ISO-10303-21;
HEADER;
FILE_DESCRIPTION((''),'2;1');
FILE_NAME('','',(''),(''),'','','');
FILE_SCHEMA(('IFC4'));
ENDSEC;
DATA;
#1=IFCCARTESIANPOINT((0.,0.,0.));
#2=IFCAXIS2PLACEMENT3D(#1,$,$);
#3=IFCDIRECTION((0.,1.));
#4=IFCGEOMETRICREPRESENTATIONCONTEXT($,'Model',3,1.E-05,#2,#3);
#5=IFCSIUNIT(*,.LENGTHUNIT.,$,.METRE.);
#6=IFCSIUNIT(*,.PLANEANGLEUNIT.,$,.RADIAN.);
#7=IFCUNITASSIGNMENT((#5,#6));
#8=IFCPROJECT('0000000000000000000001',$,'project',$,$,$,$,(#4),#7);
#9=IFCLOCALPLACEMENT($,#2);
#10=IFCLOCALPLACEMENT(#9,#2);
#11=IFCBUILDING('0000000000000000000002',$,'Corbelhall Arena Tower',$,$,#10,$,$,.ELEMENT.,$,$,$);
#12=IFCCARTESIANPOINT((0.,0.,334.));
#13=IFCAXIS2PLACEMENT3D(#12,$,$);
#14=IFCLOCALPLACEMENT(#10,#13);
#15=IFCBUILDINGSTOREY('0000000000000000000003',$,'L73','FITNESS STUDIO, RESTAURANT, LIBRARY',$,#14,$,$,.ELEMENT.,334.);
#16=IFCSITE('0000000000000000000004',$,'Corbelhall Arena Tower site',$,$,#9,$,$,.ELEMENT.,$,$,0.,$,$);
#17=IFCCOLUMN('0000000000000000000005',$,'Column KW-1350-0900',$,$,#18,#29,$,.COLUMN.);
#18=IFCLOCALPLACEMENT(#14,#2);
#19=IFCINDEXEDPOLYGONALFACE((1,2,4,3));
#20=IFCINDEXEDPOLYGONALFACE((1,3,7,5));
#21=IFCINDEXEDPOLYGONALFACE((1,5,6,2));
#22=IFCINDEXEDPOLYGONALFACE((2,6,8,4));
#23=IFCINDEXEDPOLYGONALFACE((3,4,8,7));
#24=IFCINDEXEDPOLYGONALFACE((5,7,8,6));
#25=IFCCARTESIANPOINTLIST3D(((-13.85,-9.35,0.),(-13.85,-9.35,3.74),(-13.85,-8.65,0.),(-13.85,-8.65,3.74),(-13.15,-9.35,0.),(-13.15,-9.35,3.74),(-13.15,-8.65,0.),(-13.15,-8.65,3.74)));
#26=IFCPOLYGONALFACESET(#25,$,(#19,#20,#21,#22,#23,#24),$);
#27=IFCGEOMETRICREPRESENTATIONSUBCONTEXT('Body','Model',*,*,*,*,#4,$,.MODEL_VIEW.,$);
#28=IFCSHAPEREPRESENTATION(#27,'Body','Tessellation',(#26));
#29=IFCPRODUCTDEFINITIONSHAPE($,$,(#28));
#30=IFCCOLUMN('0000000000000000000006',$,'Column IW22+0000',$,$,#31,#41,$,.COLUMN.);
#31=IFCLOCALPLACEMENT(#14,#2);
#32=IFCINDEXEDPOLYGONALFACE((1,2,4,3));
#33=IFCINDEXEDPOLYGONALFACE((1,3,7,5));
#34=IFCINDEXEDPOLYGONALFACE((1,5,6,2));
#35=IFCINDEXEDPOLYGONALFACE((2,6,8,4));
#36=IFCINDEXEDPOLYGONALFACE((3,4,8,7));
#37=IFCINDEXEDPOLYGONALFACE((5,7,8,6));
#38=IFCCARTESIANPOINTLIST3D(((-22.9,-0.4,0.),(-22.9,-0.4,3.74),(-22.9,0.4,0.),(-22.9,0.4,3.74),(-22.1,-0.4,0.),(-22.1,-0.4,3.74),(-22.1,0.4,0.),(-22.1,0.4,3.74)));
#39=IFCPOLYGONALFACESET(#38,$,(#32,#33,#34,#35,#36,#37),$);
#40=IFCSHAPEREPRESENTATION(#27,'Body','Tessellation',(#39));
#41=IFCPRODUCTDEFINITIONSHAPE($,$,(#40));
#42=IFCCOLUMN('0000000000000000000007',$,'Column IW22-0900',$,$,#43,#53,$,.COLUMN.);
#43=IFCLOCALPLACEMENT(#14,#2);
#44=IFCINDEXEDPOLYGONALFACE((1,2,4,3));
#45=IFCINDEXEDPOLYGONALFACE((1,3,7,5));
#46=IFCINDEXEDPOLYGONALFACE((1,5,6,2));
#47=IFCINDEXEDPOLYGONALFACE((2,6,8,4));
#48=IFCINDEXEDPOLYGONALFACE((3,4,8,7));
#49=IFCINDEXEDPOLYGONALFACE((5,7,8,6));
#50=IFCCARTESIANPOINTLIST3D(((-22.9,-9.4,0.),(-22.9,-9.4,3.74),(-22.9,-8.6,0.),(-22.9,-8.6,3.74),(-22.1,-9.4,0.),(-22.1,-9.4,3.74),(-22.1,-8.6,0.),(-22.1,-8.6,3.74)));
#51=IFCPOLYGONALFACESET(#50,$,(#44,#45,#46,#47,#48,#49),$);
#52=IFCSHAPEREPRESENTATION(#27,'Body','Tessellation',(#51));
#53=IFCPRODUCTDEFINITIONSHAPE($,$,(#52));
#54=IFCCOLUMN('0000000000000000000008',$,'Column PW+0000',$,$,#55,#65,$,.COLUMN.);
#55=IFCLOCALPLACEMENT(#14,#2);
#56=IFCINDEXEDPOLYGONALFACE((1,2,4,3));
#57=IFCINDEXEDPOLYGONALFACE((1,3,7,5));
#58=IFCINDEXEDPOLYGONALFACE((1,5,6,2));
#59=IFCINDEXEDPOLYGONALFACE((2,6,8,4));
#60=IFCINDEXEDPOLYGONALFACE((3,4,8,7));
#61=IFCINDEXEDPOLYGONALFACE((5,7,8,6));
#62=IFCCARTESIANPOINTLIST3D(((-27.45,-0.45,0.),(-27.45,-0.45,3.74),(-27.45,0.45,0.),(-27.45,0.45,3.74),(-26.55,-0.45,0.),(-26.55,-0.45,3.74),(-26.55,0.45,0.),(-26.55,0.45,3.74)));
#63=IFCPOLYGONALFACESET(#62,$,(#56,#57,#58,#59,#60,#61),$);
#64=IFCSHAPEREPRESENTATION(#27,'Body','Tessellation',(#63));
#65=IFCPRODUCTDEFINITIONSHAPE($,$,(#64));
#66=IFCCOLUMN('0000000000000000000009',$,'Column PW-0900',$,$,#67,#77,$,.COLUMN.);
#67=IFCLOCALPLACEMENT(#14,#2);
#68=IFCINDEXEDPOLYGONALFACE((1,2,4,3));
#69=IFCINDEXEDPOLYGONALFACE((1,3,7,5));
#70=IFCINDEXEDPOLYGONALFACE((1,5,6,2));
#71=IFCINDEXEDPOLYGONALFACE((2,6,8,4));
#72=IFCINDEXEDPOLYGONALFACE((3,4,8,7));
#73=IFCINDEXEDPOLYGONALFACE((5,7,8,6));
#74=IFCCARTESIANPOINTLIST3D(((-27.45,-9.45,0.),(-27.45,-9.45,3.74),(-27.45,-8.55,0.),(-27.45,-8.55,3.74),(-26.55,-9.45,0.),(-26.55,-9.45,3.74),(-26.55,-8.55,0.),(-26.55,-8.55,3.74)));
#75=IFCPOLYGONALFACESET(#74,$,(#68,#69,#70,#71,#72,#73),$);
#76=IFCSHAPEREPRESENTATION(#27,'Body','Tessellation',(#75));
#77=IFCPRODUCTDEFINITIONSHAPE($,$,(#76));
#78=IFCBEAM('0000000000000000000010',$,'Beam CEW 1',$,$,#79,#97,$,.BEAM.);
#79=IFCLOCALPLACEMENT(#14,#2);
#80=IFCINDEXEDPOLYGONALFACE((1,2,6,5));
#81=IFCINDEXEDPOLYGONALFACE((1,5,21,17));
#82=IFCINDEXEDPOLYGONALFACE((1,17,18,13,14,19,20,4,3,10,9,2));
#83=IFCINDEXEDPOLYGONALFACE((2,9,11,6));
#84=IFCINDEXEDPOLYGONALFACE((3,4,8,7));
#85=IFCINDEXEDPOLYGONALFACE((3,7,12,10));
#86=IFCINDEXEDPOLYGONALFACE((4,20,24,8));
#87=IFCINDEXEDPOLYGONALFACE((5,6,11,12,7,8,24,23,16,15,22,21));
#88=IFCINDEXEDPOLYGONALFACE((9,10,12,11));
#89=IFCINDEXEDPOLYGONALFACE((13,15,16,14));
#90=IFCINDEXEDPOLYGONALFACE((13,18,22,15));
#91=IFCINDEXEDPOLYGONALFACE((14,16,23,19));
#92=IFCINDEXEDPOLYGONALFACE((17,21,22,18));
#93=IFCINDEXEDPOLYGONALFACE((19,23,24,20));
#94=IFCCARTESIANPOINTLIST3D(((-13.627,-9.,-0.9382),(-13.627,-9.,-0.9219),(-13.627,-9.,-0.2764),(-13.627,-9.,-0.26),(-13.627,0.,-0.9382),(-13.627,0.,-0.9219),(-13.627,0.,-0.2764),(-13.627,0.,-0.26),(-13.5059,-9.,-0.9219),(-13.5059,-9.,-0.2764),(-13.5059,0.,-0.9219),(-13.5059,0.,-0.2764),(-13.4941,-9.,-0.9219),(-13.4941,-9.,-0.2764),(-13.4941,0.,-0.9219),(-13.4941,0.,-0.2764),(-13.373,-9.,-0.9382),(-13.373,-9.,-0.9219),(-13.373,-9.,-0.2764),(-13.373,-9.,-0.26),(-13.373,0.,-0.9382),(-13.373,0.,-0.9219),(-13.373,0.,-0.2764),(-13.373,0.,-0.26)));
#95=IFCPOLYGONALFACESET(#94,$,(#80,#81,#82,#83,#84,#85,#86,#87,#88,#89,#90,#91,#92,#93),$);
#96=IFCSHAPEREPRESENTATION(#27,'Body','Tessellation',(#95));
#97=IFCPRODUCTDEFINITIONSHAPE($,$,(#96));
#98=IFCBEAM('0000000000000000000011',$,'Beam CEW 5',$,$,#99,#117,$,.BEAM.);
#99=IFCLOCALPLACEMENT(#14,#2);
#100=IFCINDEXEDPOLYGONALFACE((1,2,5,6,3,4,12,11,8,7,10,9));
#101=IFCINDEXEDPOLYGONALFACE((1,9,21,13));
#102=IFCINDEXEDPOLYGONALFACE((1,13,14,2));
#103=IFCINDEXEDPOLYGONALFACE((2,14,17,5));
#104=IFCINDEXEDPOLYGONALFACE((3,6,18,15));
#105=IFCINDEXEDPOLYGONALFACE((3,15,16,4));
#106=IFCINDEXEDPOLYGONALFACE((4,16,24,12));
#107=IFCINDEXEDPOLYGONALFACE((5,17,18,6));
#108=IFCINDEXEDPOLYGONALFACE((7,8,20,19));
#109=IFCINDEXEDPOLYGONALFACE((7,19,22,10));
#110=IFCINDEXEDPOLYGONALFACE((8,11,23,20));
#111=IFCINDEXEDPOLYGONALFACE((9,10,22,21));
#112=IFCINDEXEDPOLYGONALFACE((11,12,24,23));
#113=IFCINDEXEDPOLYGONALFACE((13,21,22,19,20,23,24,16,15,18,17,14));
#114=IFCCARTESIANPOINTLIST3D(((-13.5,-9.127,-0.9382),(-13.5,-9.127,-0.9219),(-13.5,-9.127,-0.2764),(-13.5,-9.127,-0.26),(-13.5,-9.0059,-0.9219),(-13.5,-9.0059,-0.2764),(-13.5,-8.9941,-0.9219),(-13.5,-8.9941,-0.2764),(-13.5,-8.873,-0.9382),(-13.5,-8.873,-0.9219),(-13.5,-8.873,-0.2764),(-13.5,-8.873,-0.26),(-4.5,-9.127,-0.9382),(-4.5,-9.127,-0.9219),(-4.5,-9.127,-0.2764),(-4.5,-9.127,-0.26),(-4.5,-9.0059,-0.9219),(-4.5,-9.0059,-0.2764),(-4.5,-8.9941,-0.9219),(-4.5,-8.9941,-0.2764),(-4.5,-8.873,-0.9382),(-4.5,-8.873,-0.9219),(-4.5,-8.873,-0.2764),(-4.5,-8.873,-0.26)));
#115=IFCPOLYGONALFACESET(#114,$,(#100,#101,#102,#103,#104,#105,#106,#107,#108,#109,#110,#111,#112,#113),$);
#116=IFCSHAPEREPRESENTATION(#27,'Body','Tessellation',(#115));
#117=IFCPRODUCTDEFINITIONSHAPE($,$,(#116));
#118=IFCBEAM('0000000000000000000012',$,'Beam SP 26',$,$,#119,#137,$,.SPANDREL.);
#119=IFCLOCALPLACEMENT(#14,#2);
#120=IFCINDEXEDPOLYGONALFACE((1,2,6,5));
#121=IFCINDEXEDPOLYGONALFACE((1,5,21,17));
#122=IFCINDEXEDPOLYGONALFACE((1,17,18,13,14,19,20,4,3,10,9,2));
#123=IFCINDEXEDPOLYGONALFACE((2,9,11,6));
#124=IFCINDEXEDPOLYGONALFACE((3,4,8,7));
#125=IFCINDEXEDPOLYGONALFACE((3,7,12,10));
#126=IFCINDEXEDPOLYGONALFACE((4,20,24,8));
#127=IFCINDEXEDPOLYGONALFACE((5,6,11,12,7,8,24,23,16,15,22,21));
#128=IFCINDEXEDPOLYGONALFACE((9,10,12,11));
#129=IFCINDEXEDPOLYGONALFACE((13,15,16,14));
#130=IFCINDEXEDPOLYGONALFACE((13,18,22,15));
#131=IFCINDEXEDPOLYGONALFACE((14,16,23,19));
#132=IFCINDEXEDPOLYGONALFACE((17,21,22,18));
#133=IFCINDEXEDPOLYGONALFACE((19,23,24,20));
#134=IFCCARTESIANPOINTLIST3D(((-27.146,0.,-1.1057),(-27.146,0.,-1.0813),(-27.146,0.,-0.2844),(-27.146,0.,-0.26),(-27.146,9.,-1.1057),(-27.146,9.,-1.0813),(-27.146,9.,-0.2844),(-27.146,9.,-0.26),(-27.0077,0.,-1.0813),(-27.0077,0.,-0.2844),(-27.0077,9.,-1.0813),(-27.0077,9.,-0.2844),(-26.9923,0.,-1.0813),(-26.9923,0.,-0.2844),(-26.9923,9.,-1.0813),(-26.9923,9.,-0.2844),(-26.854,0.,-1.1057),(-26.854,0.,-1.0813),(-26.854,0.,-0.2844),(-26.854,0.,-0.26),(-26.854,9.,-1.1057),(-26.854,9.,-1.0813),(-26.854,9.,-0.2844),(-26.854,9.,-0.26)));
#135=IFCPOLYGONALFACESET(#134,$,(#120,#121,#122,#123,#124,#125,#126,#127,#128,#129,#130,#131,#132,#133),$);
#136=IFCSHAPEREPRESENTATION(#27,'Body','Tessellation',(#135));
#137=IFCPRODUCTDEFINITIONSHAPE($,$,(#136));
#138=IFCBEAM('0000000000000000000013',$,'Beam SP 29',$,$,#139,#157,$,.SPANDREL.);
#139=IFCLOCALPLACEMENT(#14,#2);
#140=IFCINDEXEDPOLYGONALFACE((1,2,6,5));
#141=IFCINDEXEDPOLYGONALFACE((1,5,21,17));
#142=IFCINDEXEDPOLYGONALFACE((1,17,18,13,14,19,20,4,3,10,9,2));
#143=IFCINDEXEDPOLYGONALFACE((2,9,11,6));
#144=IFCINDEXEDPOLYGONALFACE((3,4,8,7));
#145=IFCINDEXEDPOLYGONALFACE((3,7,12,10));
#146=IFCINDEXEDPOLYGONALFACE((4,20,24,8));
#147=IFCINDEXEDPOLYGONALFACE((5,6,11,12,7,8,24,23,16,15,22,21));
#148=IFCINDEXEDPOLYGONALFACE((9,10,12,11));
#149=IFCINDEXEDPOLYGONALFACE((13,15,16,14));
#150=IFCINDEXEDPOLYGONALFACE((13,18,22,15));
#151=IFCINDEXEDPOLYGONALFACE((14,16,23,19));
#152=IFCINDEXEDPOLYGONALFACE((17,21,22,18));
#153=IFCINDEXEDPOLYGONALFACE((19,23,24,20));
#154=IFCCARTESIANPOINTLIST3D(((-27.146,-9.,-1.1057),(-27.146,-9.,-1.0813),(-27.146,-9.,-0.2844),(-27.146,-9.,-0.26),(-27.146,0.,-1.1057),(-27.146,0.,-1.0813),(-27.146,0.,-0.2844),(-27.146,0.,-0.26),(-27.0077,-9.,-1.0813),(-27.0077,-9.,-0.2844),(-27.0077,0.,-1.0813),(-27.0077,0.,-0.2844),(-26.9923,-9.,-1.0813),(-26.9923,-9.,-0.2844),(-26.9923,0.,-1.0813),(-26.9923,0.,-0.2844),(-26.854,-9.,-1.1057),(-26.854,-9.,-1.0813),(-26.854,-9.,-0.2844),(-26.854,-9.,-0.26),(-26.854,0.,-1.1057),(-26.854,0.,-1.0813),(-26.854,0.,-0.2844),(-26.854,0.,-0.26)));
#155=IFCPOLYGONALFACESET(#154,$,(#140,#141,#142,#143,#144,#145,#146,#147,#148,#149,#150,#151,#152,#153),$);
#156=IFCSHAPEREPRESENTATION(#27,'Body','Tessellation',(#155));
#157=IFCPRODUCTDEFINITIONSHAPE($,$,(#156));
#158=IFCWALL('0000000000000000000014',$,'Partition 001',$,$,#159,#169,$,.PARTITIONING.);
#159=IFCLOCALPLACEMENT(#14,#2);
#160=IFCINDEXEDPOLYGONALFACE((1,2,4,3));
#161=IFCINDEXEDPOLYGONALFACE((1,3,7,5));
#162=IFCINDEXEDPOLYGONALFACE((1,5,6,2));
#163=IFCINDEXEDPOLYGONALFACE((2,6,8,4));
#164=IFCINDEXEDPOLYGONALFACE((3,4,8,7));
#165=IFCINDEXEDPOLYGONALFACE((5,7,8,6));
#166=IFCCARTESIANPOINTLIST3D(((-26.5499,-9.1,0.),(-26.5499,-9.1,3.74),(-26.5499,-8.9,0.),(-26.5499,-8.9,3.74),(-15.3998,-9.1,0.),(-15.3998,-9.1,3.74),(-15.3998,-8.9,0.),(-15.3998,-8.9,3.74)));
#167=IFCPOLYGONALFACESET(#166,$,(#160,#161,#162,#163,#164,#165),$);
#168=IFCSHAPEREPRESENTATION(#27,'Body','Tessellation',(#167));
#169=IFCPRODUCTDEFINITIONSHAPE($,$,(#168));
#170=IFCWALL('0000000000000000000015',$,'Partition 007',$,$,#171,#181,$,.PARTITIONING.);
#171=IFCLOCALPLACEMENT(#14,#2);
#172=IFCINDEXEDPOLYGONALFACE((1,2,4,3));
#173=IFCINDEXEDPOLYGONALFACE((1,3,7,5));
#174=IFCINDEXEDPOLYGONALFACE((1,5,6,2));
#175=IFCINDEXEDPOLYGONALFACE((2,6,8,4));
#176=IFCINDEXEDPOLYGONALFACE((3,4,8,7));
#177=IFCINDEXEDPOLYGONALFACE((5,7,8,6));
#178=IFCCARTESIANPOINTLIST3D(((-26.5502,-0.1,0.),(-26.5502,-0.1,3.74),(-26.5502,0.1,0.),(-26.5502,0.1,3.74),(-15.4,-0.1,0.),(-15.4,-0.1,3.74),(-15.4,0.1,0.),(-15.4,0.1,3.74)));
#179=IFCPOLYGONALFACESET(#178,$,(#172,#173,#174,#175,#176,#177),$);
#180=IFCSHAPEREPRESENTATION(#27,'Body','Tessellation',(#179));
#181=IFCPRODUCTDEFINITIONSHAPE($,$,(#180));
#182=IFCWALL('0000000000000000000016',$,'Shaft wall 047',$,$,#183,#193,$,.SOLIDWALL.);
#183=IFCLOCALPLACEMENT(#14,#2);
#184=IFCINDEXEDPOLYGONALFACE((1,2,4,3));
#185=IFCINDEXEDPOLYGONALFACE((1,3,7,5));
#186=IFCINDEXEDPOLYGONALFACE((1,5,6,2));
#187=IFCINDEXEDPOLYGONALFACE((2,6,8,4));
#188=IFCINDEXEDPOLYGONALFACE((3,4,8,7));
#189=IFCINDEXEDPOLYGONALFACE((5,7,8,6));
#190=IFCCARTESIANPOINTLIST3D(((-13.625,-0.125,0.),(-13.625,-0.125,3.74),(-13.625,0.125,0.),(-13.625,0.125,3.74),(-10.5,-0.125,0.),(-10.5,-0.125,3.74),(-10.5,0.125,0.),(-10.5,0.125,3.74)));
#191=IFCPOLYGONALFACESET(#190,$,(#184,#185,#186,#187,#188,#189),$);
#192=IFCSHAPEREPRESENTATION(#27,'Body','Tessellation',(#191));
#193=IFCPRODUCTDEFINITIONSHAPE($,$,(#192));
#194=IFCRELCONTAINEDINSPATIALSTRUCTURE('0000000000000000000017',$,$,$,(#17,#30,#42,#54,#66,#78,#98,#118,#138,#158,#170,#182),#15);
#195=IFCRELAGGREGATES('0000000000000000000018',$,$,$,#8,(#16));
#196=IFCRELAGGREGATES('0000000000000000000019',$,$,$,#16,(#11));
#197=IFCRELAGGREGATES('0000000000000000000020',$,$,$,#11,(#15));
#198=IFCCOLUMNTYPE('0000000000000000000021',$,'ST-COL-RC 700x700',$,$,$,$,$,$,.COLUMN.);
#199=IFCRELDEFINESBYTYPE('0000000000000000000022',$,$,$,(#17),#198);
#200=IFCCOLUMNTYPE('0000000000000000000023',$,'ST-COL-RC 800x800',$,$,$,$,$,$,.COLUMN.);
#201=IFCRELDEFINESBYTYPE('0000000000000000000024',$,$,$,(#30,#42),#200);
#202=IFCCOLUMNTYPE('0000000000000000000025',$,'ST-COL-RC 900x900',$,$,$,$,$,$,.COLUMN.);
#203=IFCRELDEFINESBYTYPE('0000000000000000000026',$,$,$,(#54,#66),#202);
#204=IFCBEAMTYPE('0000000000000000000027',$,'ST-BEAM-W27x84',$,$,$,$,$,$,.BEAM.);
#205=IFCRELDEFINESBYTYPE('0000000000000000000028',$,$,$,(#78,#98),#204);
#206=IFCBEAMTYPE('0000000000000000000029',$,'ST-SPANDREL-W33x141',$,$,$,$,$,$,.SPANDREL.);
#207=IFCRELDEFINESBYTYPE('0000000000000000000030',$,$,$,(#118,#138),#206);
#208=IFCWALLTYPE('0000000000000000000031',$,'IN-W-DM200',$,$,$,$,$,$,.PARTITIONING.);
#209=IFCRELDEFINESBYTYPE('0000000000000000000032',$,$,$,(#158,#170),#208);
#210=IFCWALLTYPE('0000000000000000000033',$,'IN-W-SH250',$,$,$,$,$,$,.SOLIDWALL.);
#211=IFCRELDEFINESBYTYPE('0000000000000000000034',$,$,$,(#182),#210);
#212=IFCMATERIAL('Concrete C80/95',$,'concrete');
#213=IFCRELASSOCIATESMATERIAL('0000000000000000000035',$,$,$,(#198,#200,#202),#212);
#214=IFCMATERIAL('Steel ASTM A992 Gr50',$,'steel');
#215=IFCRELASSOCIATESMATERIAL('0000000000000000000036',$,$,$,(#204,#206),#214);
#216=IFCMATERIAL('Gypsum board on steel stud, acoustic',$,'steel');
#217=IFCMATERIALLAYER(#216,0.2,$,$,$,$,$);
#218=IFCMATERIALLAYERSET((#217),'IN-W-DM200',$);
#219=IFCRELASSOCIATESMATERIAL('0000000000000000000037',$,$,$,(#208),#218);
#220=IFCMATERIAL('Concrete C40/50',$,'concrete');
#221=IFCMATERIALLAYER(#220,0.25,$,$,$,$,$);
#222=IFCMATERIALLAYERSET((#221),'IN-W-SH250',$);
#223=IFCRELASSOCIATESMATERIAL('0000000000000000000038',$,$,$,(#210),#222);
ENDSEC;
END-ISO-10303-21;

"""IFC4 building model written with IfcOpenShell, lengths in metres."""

from ifc_helpers import new_model, si_unit, direction, frame, frame_2d, origin, origin_2d, place, context, subcontext, project, spatial, rectangle, i_section, extrude, material, layer, layer_set, material_profile, profile_set, type_object, element, save


model = new_model("IFC4")

# Units and contexts
model_context = context("Model", 3, precision=1e-05, world=origin(), true_north=direction((0.0, 1.0)))
body_context = subcontext(model_context, "Body", "Model", "MODEL_VIEW")
ifc_project = project(units=[si_unit("LENGTHUNIT", "METRE"), si_unit("PLANEANGLEUNIT", "RADIAN")], contexts=[model_context])

# Site, building, storey
site_placement = place(None, origin())
site = spatial("IfcSite", under=ifc_project, at=site_placement, Name="Corbelhall Arena Tower site", CompositionType="ELEMENT", RefElevation=0.0)
building_placement = place(site_placement, origin())
building = spatial("IfcBuilding", under=site, at=building_placement, Name="Corbelhall Arena Tower", CompositionType="ELEMENT")
storey_placement = place(building_placement, frame((0.0, 0.0, 334.0)))
storey = spatial("IfcBuildingStorey", under=building, at=storey_placement, Name="L73", Description="FITNESS STUDIO, RESTAURANT, LIBRARY", CompositionType="ELEMENT", Elevation=334.0)

# Columns
ifc_material_1 = material(Name="Concrete C80/95", Category="concrete")
ifc_material_profile_1 = material_profile(ifc_material_1, rectangle(XDim=0.7, YDim=0.7, at=origin_2d()))
ifc_profile_set_1 = profile_set([ifc_material_profile_1], Name="Concrete C80/95")
column_type_1 = type_object("IfcColumnType", Name="ST-COL-RC 700x700", PredefinedType="COLUMN", material=ifc_profile_set_1)
column_placement = place(storey_placement, frame((-13.5, -9.0, 0.0), z_axis=(0.0, 0.0, 1.0), x_axis=(1.0, 0.0, 0.0)))
element("IfcColumn", 1, at=column_placement, inside=storey, type_object=column_type_1, Name="Column KW-1350-0900", PredefinedType="COLUMN", context=body_context, shape_type="SweptSolid", body=[
    extrude(rectangle(XDim=0.7, YDim=0.7, at=origin_2d()), origin(), (0.0, 0.0, 1.0), 3.74),
])
ifc_material_profile_2 = material_profile(ifc_material_1, rectangle(XDim=0.8, YDim=0.8, at=origin_2d()))
ifc_profile_set_2 = profile_set([ifc_material_profile_2], Name="Concrete C80/95")
column_type_2 = type_object("IfcColumnType", Name="ST-COL-RC 800x800", PredefinedType="COLUMN", material=ifc_profile_set_2)
for number, where, z_axis, x_axis, name in (
    (2, (-22.5, 0.0, 0.0), (0.0, 0.0, 1.0), (1.0, 0.0, 0.0), "Column IW22+0000"),
    (3, (-22.5, -9.0, 0.0), (0.0, 0.0, 1.0), (1.0, 0.0, 0.0), "Column IW22-0900"),
):
    element("IfcColumn", number, at=place(storey_placement, frame(where, z_axis=z_axis, x_axis=x_axis)), inside=storey, type_object=column_type_2, Name=name, PredefinedType="COLUMN", context=body_context, shape_type="SweptSolid", body=[
        extrude(rectangle(XDim=0.8, YDim=0.8, at=origin_2d()), origin(), (0.0, 0.0, 1.0), 3.74),
    ])
ifc_material_profile_3 = material_profile(ifc_material_1, rectangle(XDim=0.8999, YDim=0.8999, at=origin_2d()))
ifc_profile_set_3 = profile_set([ifc_material_profile_3], Name="Concrete C80/95")
column_type_3 = type_object("IfcColumnType", Name="ST-COL-RC 900x900", PredefinedType="COLUMN", material=ifc_profile_set_3)
for number, where, z_axis, x_axis, name in (
    (4, (-27.0, 0.0, 0.0), (0.0, 0.0, 1.0), (0.0, 1.0, 0.0), "Column PW+0000"),
    (5, (-27.0, -9.0, 0.0), (0.0, 0.0, 1.0), (0.0, 1.0, 0.0), "Column PW-0900"),
):
    element("IfcColumn", number, at=place(storey_placement, frame(where, z_axis=z_axis, x_axis=x_axis)), inside=storey, type_object=column_type_3, Name=name, PredefinedType="COLUMN", context=body_context, shape_type="SweptSolid", body=[
        extrude(rectangle(XDim=0.8999, YDim=0.8999, at=origin_2d()), origin(), (0.0, 0.0, 1.0), 3.74),
    ])

# Beams
ifc_material_2 = material(Name="Steel ASTM A992 Gr50", Category="steel")
ifc_material_profile_4 = material_profile(ifc_material_2, i_section(OverallWidth=0.2539, OverallDepth=0.6782, WebThickness=0.0117, FlangeThickness=0.0164, at=origin_2d()))
ifc_profile_set_4 = profile_set([ifc_material_profile_4], Name="Steel ASTM A992 Gr50")
beam_type_1 = type_object("IfcBeamType", Name="ST-BEAM-W27x84", PredefinedType="BEAM", material=ifc_profile_set_4)
for number, where, z_axis, x_axis, name in (
    (6, (-13.5, -9.0, -0.5991), (0.0, 1.0, 0.0), (-1.0, 0.0, 0.0), "Beam CEW 1"),
    (7, (-13.5, -9.0, -0.5991), (1.0, 0.0, 0.0), (0.0, 1.0, 0.0), "Beam CEW 5"),
):
    element("IfcBeam", number, at=place(storey_placement, frame(where, z_axis=z_axis, x_axis=x_axis)), inside=storey, type_object=beam_type_1, Name=name, PredefinedType="BEAM", context=body_context, shape_type="SweptSolid", body=[
        extrude(i_section(OverallWidth=0.2539, OverallDepth=0.6782, WebThickness=0.0117, FlangeThickness=0.0164, at=origin_2d()), origin(), (0.0, 0.0, 1.0), 9.0),
    ])
ifc_material_profile_5 = material_profile(ifc_material_2, i_section(OverallWidth=0.292, OverallDepth=0.8457, WebThickness=0.0154, FlangeThickness=0.0244, at=origin_2d()))
ifc_profile_set_5 = profile_set([ifc_material_profile_5], Name="Steel ASTM A992 Gr50")
beam_type_2 = type_object("IfcBeamType", Name="ST-SPANDREL-W33x141", PredefinedType="SPANDREL", material=ifc_profile_set_5)
for number, where, z_axis, x_axis, name in (
    (8, (-27.0, 0.0, -0.6829), (0.0, 1.0, 0.0), (-1.0, 0.0, 0.0), "Beam SP 26"),
    (9, (-27.0, -9.0, -0.6829), (0.0, 1.0, 0.0), (-1.0, 0.0, 0.0), "Beam SP 29"),
):
    element("IfcBeam", number, at=place(storey_placement, frame(where, z_axis=z_axis, x_axis=x_axis)), inside=storey, type_object=beam_type_2, Name=name, PredefinedType="SPANDREL", context=body_context, shape_type="SweptSolid", body=[
        extrude(i_section(OverallWidth=0.292, OverallDepth=0.8457, WebThickness=0.0154, FlangeThickness=0.0244, at=origin_2d()), origin(), (0.0, 0.0, 1.0), 9.0),
    ])

# Wall
ifc_material_3 = material(Name="Gypsum board on steel stud, acoustic", Category="steel")
ifc_layer_1 = layer(ifc_material_3, 0.2)
ifc_layer_set_1 = layer_set([ifc_layer_1], Name="IN-W-DM200")
wall_type_1 = type_object("IfcWallType", Name="IN-W-DM200", PredefinedType="PARTITIONING", material=ifc_layer_set_1)
wall_1_placement = place(storey_placement, frame((-26.55, -9.0, 0.0), z_axis=(0.0, 0.0, 1.0), x_axis=(1.0, 0.0, 0.0)))
element("IfcWall", 10, at=wall_1_placement, inside=storey, type_object=wall_type_1, Name="Partition 001", PredefinedType="PARTITIONING", context=body_context, shape_type="SweptSolid", body=[
    extrude(rectangle(XDim=11.1501, YDim=0.2, at=frame_2d((5.5752, 0.0))), origin(), (0.0, 0.0, 1.0), 3.74),
])

# Walls
wall_2_placement = place(storey_placement, frame((-15.3999, 0.0, 0.0), z_axis=(0.0, 0.0, 1.0), x_axis=(-1.0, 0.0, 0.0)))
element("IfcWall", 11, at=wall_2_placement, inside=storey, type_object=wall_type_1, Name="Partition 007", PredefinedType="PARTITIONING", context=body_context, shape_type="SweptSolid", body=[
    extrude(rectangle(XDim=11.1501, YDim=0.2, at=frame_2d((5.5752, 0.0))), origin(), (0.0, 0.0, 1.0), 3.74),
])
ifc_material_4 = material(Name="Concrete C40/50", Category="concrete")
ifc_layer_2 = layer(ifc_material_4, 0.25)
ifc_layer_set_2 = layer_set([ifc_layer_2], Name="IN-W-SH250")
wall_type_2 = type_object("IfcWallType", Name="IN-W-SH250", PredefinedType="SOLIDWALL", material=ifc_layer_set_2)
wall_3_placement = place(storey_placement, frame((-13.625, 0.0, 0.0), z_axis=(0.0, 0.0, 1.0), x_axis=(1.0, 0.0, 0.0)))
element("IfcWall", 12, at=wall_3_placement, inside=storey, type_object=wall_type_2, Name="Shaft wall 047", PredefinedType="SOLIDWALL", context=body_context, shape_type="SweptSolid", body=[
    extrude(rectangle(XDim=3.125, YDim=0.25, at=frame_2d((1.5625, 0.0))), origin(), (0.0, 0.0, 1.0), 3.74),
])

save(model, "model.ifc")
